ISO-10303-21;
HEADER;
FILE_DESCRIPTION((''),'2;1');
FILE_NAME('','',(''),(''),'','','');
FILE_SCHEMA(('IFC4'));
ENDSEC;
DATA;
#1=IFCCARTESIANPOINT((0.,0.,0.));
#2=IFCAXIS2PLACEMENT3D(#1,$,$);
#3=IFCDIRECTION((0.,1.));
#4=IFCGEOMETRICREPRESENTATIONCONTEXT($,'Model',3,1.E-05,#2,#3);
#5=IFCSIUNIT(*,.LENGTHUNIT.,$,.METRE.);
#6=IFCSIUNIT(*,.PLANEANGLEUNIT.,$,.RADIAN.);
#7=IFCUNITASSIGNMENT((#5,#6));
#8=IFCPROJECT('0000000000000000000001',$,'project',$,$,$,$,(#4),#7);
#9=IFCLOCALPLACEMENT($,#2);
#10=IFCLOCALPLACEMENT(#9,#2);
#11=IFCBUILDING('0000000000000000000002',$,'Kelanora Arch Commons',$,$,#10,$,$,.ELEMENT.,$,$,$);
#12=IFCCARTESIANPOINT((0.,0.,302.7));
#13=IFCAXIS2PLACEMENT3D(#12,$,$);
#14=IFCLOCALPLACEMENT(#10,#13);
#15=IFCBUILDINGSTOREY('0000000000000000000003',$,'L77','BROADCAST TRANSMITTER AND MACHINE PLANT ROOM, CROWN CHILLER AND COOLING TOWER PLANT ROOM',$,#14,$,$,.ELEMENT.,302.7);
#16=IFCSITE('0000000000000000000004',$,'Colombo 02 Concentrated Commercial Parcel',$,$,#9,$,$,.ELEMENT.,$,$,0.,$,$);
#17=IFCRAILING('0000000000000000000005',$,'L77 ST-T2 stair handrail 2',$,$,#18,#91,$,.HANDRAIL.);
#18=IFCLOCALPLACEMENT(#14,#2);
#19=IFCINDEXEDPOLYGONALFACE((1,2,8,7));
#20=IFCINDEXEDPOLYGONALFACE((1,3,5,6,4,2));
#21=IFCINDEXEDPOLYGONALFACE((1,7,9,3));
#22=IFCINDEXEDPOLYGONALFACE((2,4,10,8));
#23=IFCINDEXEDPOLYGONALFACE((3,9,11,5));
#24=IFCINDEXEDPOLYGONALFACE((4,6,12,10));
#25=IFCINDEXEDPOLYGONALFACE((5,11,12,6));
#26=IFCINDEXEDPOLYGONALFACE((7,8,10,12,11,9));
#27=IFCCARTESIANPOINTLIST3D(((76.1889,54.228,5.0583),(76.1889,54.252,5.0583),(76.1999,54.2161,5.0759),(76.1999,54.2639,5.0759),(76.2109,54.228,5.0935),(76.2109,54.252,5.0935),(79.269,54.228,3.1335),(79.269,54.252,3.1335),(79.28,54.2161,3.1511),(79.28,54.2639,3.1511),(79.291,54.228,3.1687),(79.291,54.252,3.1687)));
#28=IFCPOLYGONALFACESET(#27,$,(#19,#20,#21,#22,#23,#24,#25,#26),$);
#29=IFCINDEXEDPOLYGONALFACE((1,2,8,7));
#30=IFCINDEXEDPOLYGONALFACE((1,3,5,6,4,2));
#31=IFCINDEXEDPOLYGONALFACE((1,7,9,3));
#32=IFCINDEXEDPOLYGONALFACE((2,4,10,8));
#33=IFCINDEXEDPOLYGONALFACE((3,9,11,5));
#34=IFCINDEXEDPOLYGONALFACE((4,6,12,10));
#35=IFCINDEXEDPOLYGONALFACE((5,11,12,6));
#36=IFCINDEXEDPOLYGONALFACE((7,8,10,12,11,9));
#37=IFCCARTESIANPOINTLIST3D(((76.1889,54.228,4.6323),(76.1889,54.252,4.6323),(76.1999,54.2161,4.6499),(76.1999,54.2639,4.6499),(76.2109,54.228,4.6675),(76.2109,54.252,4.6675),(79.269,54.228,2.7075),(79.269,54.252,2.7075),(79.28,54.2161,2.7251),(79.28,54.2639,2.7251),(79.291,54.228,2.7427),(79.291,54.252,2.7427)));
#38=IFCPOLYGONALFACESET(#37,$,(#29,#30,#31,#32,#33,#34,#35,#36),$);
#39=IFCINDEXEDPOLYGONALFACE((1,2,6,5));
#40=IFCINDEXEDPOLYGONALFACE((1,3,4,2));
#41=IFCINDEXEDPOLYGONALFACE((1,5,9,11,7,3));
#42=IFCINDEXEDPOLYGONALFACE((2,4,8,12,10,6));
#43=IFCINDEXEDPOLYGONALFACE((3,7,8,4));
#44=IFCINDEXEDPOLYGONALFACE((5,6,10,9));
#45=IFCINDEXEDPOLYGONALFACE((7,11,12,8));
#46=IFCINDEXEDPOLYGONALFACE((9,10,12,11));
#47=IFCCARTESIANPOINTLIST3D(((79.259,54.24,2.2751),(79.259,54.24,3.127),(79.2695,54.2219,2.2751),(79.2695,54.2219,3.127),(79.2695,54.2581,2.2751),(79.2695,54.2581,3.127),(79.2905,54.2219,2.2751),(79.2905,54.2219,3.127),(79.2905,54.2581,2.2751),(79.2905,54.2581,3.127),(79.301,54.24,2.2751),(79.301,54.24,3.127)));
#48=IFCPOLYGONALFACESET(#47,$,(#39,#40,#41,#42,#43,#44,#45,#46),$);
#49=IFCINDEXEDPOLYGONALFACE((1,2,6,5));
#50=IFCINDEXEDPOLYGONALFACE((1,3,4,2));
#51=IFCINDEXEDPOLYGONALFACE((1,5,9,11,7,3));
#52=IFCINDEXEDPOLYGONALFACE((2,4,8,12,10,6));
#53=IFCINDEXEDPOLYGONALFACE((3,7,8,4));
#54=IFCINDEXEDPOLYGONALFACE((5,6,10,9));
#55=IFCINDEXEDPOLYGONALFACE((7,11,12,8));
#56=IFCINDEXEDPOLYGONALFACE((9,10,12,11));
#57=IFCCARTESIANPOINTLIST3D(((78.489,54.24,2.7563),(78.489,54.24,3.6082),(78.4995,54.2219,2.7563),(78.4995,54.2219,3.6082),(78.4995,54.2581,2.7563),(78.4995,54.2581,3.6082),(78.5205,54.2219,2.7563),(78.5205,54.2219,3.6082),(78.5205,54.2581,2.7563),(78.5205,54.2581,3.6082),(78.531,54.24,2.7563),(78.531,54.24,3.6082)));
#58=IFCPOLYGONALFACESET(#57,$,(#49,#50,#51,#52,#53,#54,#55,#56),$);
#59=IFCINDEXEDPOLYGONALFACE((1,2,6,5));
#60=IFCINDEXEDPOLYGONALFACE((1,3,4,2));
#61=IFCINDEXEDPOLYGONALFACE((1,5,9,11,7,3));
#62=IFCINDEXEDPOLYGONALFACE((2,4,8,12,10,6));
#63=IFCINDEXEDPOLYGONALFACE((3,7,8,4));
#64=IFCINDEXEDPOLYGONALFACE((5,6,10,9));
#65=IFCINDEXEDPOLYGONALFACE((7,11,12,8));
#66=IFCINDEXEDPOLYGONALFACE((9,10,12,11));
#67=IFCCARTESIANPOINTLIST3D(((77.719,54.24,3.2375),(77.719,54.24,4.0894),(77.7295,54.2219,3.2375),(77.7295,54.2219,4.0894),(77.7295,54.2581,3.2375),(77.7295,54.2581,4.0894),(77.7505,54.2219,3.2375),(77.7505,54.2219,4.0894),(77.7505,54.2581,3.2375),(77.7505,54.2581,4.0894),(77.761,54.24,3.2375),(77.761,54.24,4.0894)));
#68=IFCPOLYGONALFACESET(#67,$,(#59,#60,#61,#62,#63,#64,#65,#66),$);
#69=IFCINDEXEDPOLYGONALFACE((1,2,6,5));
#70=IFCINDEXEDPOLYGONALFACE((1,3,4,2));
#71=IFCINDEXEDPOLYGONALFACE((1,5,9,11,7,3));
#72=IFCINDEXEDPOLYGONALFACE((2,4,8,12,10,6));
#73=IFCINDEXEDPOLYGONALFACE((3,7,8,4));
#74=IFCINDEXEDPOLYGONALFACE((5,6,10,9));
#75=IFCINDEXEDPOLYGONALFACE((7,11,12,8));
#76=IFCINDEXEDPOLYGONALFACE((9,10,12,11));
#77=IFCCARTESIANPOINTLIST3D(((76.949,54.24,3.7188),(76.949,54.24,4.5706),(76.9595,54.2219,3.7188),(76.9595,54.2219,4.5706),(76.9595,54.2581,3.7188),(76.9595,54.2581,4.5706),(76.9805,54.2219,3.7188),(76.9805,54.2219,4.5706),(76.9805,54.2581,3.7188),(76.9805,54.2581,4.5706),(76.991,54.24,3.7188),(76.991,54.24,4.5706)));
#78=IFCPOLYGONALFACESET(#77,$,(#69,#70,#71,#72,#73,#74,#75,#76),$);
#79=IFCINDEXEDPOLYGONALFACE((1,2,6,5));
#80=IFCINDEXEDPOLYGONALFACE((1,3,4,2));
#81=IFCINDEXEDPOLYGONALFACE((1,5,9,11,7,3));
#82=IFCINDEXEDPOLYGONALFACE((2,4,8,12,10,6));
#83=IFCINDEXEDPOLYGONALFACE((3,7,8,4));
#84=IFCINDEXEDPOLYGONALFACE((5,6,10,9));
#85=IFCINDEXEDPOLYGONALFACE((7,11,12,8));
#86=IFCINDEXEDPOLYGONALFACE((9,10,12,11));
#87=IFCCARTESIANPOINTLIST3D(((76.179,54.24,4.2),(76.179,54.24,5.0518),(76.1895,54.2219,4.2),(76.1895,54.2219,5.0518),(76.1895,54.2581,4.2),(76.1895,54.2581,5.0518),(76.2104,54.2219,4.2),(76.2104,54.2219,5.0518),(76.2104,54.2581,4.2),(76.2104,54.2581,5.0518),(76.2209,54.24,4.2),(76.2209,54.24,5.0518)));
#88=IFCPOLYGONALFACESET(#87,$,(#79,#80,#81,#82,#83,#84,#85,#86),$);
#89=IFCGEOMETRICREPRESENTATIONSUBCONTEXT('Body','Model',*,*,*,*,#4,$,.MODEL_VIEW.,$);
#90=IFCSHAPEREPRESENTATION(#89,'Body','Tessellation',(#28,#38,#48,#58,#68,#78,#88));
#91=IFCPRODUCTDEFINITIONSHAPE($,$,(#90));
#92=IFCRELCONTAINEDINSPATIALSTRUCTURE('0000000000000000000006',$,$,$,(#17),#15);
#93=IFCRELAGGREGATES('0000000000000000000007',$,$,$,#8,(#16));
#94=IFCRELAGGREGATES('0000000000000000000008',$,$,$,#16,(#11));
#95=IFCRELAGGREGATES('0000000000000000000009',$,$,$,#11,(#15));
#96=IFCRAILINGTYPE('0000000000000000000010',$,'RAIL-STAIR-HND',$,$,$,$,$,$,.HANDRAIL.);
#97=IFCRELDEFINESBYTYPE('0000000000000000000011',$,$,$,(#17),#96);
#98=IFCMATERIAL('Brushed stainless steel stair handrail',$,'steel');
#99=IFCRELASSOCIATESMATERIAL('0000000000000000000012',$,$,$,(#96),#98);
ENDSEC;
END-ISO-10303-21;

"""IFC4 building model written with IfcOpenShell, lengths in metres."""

from ifc_helpers import new_model, si_unit, direction, frame, origin, place, context, subcontext, project, spatial, polyline, outline, extrude, material, type_object, element, save


model = new_model("IFC4")

# Units and contexts
model_context = context("Model", 3, precision=1e-05, world=origin(), true_north=direction((0.0, 1.0)))
body_context = subcontext(model_context, "Body", "Model", "MODEL_VIEW")
ifc_project = project(units=[si_unit("LENGTHUNIT", "METRE"), si_unit("PLANEANGLEUNIT", "RADIAN")], contexts=[model_context])

# Site, building, storey
site_placement = place(None, origin())
site = spatial("IfcSite", under=ifc_project, at=site_placement, Name="Colombo 02 Concentrated Commercial Parcel", CompositionType="ELEMENT", RefElevation=0.0)
building_placement = place(site_placement, origin())
building = spatial("IfcBuilding", under=site, at=building_placement, Name="Kelanora Arch Commons", CompositionType="ELEMENT")
storey_placement = place(building_placement, frame((0.0, 0.0, 302.7)))
storey = spatial("IfcBuildingStorey", under=building, at=storey_placement, Name="L77", Description="BROADCAST TRANSMITTER AND MACHINE PLANT ROOM, CROWN CHILLER AND COOLING TOWER PLANT ROOM", CompositionType="ELEMENT", Elevation=302.7)

# Railing
ifc_material_1 = material(Name="Brushed stainless steel stair handrail", Category="steel")
railing_type_1 = type_object("IfcRailingType", Name="RAIL-STAIR-HND", PredefinedType="HANDRAIL", material=ifc_material_1)
railing_1_placement = place(storey_placement, frame((79.28, 54.24, 2.2751)))
element("IfcRailing", 1, at=railing_1_placement, inside=storey, type_object=railing_type_1, Name="L77 ST-T2 stair handrail 2", PredefinedType="HANDRAIL", context=body_context, shape_type="SweptSolid", body=[
    extrude(outline(polyline([(0.0239, 0.0), (0.012, 0.0208), (-0.012, 0.0208), (-0.0239, 0.0), (-0.012, -0.0208), (0.012, -0.0208), (0.0239, 0.0)])), frame((0.0, 0.0, 0.876), z_axis=(-0.848029, 0.0, 0.529951), x_axis=(0.0, -1.0, 0.0)), (0.0, 0.0, 1.0), 3.6321),
    extrude(outline(polyline([(0.0239, 0.0), (0.012, 0.0208), (-0.012, 0.0208), (-0.0239, 0.0), (-0.012, -0.0208), (0.012, -0.0208), (0.0239, 0.0)])), frame((0.0, 0.0, 0.45), z_axis=(-0.848029, 0.0, 0.529951), x_axis=(0.0, -1.0, 0.0)), (0.0, 0.0, 1.0), 3.6321),
    extrude(outline(polyline([(0.021, 0.0), (0.0105, 0.0181), (-0.0105, 0.0181), (-0.021, 0.0), (-0.0105, -0.0181), (0.0105, -0.0181), (0.021, 0.0)])), origin(), (0.0, 0.0, 1.0), 0.8518),
    extrude(outline(polyline([(0.021, 0.0), (0.0105, 0.0181), (-0.0105, 0.0181), (-0.021, 0.0), (-0.0105, -0.0181), (0.0105, -0.0181), (0.021, 0.0)])), frame((-0.77, 0.0, 0.4812)), (0.0, 0.0, 1.0), 0.8518),
    extrude(outline(polyline([(0.021, 0.0), (0.0105, 0.0181), (-0.0105, 0.0181), (-0.021, 0.0), (-0.0105, -0.0181), (0.0105, -0.0181), (0.021, 0.0)])), frame((-1.54, 0.0, 0.9624)), (0.0, 0.0, 1.0), 0.8518),
    extrude(outline(polyline([(0.021, 0.0), (0.0105, 0.0181), (-0.0105, 0.0181), (-0.021, 0.0), (-0.0105, -0.0181), (0.0105, -0.0181), (0.021, 0.0)])), frame((-2.3101, 0.0, 1.4436)), (0.0, 0.0, 1.0), 0.8518),
    extrude(outline(polyline([(0.021, 0.0), (0.0105, 0.0181), (-0.0105, 0.0181), (-0.021, 0.0), (-0.0105, -0.0181), (0.0105, -0.0181), (0.021, 0.0)])), frame((-3.0801, 0.0, 1.9248)), (0.0, 0.0, 1.0), 0.8518),
])

save(model, "model.ifc")
